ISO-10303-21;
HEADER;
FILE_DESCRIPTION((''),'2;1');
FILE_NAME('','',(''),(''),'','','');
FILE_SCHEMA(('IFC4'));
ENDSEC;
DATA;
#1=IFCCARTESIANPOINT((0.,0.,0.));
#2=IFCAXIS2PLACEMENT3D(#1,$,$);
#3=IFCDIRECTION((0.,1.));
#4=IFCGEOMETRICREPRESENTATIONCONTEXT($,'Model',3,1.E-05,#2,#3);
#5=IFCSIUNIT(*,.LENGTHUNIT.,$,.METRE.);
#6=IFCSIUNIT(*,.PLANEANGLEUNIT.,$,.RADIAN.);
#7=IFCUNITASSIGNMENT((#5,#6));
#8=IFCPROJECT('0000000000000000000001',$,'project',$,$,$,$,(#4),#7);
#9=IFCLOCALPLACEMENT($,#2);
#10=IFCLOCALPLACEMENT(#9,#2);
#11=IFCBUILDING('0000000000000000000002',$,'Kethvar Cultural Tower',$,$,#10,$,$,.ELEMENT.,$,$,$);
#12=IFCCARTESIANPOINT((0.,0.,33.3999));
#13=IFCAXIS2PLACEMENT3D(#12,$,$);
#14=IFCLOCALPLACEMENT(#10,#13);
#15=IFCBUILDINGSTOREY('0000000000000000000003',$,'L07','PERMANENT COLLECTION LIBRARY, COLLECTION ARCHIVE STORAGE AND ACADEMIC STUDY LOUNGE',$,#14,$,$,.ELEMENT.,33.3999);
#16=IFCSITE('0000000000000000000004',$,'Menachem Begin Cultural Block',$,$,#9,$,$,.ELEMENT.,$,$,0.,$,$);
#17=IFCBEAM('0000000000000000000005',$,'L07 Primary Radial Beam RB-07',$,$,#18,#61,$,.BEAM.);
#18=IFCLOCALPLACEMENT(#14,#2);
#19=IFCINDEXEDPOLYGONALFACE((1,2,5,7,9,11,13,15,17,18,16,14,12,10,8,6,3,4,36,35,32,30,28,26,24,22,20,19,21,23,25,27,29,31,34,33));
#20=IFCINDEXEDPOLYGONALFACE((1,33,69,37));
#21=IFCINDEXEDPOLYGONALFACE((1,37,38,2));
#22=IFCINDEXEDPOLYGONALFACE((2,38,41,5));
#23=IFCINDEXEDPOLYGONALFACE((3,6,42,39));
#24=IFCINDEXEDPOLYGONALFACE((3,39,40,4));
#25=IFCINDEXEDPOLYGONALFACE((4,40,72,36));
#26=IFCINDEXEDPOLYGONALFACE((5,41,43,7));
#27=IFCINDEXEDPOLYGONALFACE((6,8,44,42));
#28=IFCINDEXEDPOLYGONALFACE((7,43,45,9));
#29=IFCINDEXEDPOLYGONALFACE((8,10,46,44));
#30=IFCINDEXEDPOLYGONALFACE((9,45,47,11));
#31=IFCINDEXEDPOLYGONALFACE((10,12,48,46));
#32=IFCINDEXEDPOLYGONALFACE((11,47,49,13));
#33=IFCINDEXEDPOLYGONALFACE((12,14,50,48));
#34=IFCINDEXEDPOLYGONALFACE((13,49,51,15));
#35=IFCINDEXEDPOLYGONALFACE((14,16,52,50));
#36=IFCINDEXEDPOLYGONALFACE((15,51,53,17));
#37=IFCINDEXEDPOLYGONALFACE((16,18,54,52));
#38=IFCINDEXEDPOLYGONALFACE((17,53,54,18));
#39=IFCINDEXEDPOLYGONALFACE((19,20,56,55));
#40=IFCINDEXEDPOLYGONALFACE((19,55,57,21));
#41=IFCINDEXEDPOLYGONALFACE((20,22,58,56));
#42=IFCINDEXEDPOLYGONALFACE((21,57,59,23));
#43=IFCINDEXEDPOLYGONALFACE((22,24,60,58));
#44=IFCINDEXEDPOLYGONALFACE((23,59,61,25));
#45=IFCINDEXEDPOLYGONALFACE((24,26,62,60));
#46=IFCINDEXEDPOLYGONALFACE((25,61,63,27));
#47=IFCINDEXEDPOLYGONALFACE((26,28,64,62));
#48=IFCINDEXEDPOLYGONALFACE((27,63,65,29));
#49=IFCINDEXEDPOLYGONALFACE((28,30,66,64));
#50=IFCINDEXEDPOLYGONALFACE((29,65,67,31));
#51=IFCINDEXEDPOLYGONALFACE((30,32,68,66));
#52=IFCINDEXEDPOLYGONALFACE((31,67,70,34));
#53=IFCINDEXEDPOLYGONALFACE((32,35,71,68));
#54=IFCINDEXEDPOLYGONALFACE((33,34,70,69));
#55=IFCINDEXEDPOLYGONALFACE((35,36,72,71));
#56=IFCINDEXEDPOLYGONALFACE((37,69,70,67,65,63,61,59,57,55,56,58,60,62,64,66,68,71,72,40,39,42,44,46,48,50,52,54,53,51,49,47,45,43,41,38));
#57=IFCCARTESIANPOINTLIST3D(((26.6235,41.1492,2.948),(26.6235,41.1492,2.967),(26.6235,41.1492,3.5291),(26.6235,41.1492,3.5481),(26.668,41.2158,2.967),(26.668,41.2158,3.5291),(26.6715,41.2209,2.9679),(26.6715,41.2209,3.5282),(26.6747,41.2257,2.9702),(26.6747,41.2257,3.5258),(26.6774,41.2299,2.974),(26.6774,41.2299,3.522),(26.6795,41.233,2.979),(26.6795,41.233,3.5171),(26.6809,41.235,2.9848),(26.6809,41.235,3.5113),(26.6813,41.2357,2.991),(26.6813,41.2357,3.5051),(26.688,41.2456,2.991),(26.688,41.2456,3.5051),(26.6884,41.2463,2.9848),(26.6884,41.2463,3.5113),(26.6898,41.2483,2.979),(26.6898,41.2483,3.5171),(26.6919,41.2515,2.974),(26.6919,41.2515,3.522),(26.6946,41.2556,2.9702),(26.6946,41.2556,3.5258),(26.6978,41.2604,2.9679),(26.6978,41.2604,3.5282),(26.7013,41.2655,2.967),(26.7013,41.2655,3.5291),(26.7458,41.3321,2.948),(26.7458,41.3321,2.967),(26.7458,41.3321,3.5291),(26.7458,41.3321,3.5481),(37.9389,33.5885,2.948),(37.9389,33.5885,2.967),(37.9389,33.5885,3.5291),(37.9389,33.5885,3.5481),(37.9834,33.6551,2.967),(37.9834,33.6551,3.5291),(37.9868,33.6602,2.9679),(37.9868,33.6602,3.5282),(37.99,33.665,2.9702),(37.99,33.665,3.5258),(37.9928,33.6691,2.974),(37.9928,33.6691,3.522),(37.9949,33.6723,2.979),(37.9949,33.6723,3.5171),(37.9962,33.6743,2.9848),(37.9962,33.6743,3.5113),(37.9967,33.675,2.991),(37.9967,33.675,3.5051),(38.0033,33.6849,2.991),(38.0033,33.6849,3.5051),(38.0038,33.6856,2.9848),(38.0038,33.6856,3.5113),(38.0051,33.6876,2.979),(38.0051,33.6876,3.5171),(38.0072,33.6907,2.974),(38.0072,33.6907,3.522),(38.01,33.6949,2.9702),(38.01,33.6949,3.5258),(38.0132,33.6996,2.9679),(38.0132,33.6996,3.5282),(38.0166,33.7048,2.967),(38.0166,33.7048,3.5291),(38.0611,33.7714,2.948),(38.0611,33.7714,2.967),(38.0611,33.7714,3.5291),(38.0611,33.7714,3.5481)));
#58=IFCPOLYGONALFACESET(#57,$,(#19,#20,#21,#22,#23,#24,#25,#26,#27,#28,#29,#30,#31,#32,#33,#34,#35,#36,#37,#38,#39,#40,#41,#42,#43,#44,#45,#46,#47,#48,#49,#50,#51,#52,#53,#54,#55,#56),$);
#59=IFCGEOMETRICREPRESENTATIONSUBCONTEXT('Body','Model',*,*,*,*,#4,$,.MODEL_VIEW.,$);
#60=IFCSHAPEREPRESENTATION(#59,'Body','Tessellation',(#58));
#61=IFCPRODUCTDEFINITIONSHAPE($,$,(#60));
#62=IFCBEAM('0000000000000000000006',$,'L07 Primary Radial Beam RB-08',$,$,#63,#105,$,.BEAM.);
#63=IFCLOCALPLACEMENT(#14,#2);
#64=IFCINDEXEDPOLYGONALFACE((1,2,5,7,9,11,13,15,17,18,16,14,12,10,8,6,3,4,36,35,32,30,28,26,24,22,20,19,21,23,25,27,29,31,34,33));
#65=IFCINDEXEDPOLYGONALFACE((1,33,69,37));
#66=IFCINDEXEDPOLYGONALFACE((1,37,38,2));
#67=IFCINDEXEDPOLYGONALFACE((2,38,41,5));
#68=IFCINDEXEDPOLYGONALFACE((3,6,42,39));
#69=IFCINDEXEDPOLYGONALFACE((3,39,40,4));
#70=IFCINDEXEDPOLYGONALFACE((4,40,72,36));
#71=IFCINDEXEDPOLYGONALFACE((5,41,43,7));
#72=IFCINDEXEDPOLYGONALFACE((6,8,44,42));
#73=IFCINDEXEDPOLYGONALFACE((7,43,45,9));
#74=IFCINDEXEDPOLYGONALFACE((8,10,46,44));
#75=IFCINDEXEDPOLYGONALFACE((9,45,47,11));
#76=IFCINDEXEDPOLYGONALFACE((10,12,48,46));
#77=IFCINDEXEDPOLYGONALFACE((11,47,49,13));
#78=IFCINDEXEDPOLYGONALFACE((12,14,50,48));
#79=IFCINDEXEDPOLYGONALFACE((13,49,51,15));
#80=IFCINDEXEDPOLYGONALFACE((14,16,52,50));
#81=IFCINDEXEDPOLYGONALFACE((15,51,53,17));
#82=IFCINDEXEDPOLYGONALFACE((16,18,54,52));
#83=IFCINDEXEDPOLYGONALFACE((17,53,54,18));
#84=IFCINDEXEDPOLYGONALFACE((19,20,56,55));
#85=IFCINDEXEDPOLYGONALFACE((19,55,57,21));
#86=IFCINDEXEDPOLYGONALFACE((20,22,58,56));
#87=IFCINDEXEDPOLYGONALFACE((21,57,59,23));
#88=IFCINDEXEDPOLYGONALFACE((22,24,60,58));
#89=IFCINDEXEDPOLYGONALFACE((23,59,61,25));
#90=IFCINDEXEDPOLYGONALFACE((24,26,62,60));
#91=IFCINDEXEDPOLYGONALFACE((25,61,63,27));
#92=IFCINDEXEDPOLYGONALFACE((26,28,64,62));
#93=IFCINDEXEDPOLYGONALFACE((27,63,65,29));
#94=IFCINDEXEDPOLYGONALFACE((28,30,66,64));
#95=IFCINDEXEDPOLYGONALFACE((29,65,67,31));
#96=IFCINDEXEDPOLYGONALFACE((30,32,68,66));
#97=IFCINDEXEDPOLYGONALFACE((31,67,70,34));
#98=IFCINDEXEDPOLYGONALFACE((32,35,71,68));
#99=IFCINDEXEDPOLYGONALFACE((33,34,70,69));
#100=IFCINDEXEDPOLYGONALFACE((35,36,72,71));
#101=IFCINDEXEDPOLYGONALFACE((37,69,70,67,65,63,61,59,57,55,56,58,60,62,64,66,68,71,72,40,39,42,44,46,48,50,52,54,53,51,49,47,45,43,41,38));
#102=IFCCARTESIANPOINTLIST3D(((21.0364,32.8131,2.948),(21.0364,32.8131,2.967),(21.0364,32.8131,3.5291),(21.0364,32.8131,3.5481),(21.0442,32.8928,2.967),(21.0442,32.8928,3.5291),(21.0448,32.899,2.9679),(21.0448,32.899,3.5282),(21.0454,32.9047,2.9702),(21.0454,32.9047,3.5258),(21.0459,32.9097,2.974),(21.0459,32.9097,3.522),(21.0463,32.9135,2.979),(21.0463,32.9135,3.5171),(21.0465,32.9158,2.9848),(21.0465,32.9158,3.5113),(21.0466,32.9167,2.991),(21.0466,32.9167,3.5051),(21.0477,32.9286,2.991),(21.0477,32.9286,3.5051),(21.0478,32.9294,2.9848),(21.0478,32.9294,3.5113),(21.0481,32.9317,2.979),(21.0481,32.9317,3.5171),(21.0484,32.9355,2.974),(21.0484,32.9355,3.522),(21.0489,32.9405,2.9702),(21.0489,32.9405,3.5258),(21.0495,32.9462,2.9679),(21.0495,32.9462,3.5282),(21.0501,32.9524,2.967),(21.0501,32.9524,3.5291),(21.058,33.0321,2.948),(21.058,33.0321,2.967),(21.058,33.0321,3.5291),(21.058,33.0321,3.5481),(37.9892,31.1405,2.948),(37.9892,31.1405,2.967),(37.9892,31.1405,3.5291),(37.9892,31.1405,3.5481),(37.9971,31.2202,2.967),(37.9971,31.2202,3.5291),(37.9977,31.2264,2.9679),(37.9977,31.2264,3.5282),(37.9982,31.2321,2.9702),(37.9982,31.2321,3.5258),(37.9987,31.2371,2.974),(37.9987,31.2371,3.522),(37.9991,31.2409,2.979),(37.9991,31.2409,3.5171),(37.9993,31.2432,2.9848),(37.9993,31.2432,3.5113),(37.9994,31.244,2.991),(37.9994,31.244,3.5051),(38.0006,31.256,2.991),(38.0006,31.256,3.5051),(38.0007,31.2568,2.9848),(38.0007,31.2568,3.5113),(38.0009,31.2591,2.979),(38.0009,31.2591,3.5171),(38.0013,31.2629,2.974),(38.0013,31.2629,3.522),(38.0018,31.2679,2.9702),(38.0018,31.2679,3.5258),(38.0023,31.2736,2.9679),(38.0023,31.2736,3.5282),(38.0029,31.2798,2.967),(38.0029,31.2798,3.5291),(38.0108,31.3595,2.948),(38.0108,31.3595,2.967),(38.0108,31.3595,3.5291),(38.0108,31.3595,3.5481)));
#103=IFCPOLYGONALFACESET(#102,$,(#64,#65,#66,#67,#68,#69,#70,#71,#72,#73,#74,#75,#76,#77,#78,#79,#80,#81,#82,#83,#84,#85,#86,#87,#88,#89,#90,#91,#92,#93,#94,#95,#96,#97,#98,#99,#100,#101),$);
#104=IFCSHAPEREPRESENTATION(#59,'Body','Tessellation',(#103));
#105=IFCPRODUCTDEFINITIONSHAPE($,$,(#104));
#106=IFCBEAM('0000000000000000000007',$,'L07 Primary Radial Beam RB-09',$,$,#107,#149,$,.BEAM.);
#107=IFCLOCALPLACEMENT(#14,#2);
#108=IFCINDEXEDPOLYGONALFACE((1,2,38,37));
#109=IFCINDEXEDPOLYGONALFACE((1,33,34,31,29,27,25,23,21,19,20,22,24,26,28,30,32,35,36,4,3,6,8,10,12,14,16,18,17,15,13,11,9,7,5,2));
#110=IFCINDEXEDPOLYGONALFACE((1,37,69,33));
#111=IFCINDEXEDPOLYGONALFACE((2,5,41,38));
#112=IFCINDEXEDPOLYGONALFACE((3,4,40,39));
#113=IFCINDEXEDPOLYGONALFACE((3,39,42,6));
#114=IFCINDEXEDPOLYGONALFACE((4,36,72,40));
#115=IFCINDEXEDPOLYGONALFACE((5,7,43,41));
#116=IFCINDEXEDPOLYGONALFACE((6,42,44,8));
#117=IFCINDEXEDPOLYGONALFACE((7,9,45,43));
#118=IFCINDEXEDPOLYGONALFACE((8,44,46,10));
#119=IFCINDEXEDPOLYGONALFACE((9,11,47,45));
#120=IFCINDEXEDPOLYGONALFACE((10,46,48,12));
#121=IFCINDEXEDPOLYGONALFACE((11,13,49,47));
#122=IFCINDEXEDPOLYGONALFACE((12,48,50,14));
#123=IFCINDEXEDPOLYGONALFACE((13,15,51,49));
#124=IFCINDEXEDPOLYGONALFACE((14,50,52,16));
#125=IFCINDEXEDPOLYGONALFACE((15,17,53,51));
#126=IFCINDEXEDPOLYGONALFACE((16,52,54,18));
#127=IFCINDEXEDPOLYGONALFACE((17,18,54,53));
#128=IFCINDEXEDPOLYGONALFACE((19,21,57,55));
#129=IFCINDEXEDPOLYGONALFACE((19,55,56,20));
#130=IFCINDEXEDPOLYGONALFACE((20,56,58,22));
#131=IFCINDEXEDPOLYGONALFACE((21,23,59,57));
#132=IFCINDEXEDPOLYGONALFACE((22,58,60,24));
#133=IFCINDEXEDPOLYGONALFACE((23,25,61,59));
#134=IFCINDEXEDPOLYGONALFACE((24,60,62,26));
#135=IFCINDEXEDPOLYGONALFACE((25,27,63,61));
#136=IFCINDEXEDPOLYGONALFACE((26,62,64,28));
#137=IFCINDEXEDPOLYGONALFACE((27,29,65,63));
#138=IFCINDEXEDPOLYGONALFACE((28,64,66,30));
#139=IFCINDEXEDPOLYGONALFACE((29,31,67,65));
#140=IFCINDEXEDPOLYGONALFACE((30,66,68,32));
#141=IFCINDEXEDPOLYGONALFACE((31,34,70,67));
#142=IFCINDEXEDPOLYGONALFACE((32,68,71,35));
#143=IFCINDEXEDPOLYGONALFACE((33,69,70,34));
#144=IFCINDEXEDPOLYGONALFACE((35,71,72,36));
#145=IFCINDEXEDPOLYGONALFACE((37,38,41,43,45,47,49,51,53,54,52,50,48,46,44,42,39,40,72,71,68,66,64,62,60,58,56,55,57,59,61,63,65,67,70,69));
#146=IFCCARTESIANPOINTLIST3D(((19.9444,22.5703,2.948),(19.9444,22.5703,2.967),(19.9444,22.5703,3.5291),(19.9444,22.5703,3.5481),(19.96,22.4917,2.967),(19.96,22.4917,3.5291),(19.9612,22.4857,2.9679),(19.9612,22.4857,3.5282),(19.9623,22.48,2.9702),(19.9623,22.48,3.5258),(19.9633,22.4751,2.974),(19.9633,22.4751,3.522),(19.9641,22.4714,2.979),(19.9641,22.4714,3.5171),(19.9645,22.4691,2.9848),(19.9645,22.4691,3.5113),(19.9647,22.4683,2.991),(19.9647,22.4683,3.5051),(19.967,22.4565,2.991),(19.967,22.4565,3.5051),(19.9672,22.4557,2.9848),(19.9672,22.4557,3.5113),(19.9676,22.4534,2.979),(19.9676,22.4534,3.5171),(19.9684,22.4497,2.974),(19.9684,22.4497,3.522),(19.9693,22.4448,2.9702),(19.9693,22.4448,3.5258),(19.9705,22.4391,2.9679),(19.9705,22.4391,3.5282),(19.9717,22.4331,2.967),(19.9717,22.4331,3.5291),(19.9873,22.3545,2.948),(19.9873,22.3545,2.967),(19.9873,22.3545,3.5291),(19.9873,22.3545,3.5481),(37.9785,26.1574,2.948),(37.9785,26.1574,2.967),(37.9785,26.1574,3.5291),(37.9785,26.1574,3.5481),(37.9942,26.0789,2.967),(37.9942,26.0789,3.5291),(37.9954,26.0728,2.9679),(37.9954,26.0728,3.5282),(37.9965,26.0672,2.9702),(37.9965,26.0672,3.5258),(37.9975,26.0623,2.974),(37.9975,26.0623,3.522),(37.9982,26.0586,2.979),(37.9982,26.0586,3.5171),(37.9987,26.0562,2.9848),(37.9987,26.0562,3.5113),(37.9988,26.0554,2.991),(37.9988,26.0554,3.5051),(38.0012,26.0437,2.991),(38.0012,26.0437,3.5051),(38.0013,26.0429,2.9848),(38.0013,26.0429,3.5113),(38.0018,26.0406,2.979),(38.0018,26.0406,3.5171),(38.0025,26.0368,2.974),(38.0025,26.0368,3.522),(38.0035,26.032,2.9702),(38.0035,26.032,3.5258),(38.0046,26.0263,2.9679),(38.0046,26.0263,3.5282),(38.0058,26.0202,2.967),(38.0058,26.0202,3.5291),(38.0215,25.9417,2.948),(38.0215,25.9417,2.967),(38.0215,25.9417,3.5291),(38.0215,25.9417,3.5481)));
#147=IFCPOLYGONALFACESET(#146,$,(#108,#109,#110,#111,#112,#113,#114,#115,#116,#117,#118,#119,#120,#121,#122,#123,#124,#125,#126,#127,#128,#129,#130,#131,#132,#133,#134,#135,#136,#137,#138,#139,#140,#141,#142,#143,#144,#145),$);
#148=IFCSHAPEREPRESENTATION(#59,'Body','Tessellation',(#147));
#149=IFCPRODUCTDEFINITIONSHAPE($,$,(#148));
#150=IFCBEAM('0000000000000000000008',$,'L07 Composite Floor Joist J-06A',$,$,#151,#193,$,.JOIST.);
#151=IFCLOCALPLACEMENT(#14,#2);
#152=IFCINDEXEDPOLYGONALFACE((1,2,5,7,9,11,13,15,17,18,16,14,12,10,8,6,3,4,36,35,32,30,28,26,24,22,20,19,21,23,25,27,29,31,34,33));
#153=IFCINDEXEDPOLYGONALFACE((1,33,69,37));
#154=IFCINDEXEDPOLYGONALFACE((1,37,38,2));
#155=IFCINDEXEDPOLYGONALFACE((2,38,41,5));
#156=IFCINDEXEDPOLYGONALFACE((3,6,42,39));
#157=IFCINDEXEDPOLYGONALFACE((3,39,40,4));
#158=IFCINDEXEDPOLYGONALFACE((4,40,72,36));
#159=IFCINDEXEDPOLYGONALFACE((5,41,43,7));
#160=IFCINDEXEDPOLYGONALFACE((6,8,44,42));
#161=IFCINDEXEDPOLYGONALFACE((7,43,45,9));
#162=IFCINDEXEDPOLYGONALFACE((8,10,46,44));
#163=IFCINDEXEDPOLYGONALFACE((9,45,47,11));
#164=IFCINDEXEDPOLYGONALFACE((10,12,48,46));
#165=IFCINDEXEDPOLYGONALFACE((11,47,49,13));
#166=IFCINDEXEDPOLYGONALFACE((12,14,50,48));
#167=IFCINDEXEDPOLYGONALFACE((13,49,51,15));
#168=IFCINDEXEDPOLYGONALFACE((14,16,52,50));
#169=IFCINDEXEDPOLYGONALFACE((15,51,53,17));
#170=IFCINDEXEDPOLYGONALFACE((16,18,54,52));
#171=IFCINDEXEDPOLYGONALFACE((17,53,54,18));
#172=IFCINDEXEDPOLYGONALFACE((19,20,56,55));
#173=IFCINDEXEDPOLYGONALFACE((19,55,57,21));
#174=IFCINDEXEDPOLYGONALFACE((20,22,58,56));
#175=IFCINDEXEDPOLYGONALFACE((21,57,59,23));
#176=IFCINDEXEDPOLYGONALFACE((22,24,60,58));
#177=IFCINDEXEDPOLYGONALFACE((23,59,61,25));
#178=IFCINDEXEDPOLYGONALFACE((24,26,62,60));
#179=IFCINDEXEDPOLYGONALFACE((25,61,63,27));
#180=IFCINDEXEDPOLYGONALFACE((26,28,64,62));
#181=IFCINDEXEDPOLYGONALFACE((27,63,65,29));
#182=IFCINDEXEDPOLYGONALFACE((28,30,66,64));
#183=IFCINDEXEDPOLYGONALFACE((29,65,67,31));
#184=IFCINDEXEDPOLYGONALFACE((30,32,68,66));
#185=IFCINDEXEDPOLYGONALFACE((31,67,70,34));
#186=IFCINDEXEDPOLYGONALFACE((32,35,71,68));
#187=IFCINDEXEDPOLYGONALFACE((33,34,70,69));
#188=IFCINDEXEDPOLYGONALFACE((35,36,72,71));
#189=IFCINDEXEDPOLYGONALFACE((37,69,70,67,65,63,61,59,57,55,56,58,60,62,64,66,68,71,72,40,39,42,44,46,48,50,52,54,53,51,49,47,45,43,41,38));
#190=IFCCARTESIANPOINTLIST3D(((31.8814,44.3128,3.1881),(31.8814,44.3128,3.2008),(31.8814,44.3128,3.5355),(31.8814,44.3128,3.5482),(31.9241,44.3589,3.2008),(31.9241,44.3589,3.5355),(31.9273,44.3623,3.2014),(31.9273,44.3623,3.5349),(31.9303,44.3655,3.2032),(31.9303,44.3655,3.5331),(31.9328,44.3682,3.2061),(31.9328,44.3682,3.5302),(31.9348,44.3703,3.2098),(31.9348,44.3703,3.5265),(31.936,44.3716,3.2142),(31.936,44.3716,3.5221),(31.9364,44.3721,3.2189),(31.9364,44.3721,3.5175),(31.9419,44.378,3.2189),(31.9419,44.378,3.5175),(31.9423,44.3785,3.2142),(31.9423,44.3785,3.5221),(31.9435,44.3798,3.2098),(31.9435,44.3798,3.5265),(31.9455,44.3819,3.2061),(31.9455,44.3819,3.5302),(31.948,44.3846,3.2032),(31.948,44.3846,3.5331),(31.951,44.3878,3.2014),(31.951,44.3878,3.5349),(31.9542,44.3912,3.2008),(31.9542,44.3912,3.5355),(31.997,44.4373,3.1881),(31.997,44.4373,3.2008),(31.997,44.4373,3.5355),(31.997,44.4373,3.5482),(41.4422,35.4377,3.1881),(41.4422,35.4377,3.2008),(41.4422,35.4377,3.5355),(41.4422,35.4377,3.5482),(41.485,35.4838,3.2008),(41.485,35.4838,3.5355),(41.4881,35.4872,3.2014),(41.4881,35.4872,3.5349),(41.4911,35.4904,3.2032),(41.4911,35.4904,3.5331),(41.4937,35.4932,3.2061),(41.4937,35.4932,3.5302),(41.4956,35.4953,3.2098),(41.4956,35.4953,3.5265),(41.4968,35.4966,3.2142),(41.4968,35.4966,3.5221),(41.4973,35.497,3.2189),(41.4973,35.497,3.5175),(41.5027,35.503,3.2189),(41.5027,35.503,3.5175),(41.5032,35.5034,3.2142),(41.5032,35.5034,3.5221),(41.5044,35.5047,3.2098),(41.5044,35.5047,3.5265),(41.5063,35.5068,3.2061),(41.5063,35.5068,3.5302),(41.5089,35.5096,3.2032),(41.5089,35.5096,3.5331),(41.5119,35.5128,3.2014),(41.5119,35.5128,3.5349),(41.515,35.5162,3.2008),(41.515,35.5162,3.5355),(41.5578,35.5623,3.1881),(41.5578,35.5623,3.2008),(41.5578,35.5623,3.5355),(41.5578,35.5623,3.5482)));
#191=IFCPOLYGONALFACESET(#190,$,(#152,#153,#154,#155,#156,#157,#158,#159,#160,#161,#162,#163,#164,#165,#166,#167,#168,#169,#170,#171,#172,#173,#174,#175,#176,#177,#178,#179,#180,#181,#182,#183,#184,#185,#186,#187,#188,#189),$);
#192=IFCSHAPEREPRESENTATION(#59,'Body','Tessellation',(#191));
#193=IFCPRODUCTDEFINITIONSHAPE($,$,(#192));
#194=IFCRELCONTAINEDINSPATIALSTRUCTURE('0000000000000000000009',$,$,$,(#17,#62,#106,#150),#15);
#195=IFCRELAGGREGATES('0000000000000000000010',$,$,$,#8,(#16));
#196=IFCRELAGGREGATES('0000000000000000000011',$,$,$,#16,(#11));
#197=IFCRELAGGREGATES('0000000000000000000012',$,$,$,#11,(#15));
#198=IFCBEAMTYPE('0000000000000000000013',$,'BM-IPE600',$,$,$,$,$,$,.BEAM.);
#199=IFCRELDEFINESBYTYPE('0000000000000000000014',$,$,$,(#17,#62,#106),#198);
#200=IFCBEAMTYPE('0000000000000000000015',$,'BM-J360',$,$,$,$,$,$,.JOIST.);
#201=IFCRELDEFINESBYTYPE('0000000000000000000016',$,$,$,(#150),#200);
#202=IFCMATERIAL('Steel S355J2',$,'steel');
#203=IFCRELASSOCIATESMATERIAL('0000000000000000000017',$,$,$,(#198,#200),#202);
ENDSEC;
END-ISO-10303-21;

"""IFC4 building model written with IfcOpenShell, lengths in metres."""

from ifc_helpers import new_model, si_unit, direction, frame, origin, origin_2d, place, context, subcontext, project, spatial, i_section, extrude, source, transform, mapped, material, material_profile, profile_set, type_object, element, save


model = new_model("IFC4")

# Units and contexts
model_context = context("Model", 3, precision=1e-05, world=origin(), true_north=direction((0.0, 1.0)))
body_context = subcontext(model_context, "Body", "Model", "MODEL_VIEW")
ifc_project = project(units=[si_unit("LENGTHUNIT", "METRE"), si_unit("PLANEANGLEUNIT", "RADIAN")], contexts=[model_context])

# Site, building, storey
site_placement = place(None, origin())
site = spatial("IfcSite", under=ifc_project, at=site_placement, Name="Menachem Begin Cultural Block", CompositionType="ELEMENT", RefElevation=0.0)
building_placement = place(site_placement, origin())
building = spatial("IfcBuilding", under=site, at=building_placement, Name="Kethvar Cultural Tower", CompositionType="ELEMENT")
storey_placement = place(building_placement, frame((0.0, 0.0, 33.3999)))
storey = spatial("IfcBuildingStorey", under=building, at=storey_placement, Name="L07", Description="PERMANENT COLLECTION LIBRARY, COLLECTION ARCHIVE STORAGE AND ACADEMIC STUDY LOUNGE", CompositionType="ELEMENT", Elevation=33.3999)

# Beams
ifc_material_1 = material(Name="Steel S355J2", Category="steel")
ifc_material_profile_1 = material_profile(ifc_material_1, i_section(OverallWidth=0.22, OverallDepth=0.6001, WebThickness=0.012, FlangeThickness=0.019, FilletRadius=0.0239, at=origin_2d()), Name="Steel S355J2 — IPE600")
ifc_profile_set_1 = profile_set([ifc_material_profile_1], Name="Steel S355J2 — IPE600")
beam_type_1 = type_object("IfcBeamType", Name="BM-IPE600", PredefinedType="BEAM", material=ifc_profile_set_1)
shared_shape_1 = source(origin(), body_context, "Body", "SweptSolid", [
    extrude(i_section(OverallWidth=0.22, OverallDepth=0.6001, WebThickness=0.012, FlangeThickness=0.019, FilletRadius=0.0239, at=origin_2d()), origin(), (0.0, 0.0, 1.0), 13.6089),
])
beam_1_placement = place(storey_placement, frame((38.0, 33.6799, 3.248), z_axis=(-0.831467, 0.555573, 0.0), x_axis=(-0.555573, -0.831467, 0.0)))
element("IfcBeam", 1, at=beam_1_placement, inside=storey, type_object=beam_type_1, Name="L07 Primary Radial Beam RB-07", PredefinedType="BEAM", context=body_context, shape_type="MappedRepresentation", body=[
    mapped(shared_shape_1, transform((0.0, 0.0, 0.0), scale=1.0)),
])
shared_shape_2 = source(origin(), body_context, "Body", "SweptSolid", [
    extrude(i_section(OverallWidth=0.22, OverallDepth=0.6001, WebThickness=0.012, FlangeThickness=0.019, FilletRadius=0.0239, at=origin_2d()), origin(), (0.0, 0.0, 1.0), 17.0352),
])
beam_2_placement = place(storey_placement, frame((38.0, 31.25, 3.248), z_axis=(-0.995168, 0.098185, 0.0), x_axis=(-0.098185, -0.995168, 0.0)))
element("IfcBeam", 2, at=beam_2_placement, inside=storey, type_object=beam_type_1, Name="L07 Primary Radial Beam RB-08", PredefinedType="BEAM", context=body_context, shape_type="MappedRepresentation", body=[
    mapped(shared_shape_2, transform((0.0, 0.0, 0.0), scale=1.0)),
])
shared_shape_3 = source(origin(), body_context, "Body", "SweptSolid", [
    extrude(i_section(OverallWidth=0.22, OverallDepth=0.6001, WebThickness=0.012, FlangeThickness=0.019, FilletRadius=0.0239, at=origin_2d()), origin(), (0.0, 0.0, 1.0), 18.3875),
])
beam_3_placement = place(storey_placement, frame((38.0, 26.0496, 3.248), z_axis=(-0.980786, -0.195087, 0.0), x_axis=(0.195087, -0.980786, 0.0)))
element("IfcBeam", 3, at=beam_3_placement, inside=storey, type_object=beam_type_1, Name="L07 Primary Radial Beam RB-09", PredefinedType="BEAM", context=body_context, shape_type="MappedRepresentation", body=[
    mapped(shared_shape_3, transform((0.0, 0.0, 0.0), scale=1.0)),
])
ifc_material_profile_2 = material_profile(ifc_material_1, i_section(OverallWidth=0.1699, OverallDepth=0.3601, WebThickness=0.0081, FlangeThickness=0.0127, FilletRadius=0.0181, at=origin_2d()), Name="Steel S355J2 — IPE360")
ifc_profile_set_2 = profile_set([ifc_material_profile_2], Name="Steel S355J2 — IPE360")
beam_type_2 = type_object("IfcBeamType", Name="BM-J360", PredefinedType="JOIST", material=ifc_profile_set_2)
shared_shape_4 = source(origin(), body_context, "Body", "SweptSolid", [
    extrude(i_section(OverallWidth=0.1699, OverallDepth=0.3601, WebThickness=0.0081, FlangeThickness=0.0127, FilletRadius=0.0181, at=origin_2d()), origin(), (0.0, 0.0, 1.0), 13.0452),
])
beam_4_placement = place(storey_placement, frame((41.5, 35.5, 3.3682), z_axis=(-0.732903, 0.680333, 0.0), x_axis=(-0.680333, -0.732903, 0.0)))
element("IfcBeam", 4, at=beam_4_placement, inside=storey, type_object=beam_type_2, Name="L07 Composite Floor Joist J-06A", PredefinedType="JOIST", context=body_context, shape_type="MappedRepresentation", body=[
    mapped(shared_shape_4, transform((0.0, 0.0, 0.0), scale=1.0)),
])

save(model, "model.ifc")
